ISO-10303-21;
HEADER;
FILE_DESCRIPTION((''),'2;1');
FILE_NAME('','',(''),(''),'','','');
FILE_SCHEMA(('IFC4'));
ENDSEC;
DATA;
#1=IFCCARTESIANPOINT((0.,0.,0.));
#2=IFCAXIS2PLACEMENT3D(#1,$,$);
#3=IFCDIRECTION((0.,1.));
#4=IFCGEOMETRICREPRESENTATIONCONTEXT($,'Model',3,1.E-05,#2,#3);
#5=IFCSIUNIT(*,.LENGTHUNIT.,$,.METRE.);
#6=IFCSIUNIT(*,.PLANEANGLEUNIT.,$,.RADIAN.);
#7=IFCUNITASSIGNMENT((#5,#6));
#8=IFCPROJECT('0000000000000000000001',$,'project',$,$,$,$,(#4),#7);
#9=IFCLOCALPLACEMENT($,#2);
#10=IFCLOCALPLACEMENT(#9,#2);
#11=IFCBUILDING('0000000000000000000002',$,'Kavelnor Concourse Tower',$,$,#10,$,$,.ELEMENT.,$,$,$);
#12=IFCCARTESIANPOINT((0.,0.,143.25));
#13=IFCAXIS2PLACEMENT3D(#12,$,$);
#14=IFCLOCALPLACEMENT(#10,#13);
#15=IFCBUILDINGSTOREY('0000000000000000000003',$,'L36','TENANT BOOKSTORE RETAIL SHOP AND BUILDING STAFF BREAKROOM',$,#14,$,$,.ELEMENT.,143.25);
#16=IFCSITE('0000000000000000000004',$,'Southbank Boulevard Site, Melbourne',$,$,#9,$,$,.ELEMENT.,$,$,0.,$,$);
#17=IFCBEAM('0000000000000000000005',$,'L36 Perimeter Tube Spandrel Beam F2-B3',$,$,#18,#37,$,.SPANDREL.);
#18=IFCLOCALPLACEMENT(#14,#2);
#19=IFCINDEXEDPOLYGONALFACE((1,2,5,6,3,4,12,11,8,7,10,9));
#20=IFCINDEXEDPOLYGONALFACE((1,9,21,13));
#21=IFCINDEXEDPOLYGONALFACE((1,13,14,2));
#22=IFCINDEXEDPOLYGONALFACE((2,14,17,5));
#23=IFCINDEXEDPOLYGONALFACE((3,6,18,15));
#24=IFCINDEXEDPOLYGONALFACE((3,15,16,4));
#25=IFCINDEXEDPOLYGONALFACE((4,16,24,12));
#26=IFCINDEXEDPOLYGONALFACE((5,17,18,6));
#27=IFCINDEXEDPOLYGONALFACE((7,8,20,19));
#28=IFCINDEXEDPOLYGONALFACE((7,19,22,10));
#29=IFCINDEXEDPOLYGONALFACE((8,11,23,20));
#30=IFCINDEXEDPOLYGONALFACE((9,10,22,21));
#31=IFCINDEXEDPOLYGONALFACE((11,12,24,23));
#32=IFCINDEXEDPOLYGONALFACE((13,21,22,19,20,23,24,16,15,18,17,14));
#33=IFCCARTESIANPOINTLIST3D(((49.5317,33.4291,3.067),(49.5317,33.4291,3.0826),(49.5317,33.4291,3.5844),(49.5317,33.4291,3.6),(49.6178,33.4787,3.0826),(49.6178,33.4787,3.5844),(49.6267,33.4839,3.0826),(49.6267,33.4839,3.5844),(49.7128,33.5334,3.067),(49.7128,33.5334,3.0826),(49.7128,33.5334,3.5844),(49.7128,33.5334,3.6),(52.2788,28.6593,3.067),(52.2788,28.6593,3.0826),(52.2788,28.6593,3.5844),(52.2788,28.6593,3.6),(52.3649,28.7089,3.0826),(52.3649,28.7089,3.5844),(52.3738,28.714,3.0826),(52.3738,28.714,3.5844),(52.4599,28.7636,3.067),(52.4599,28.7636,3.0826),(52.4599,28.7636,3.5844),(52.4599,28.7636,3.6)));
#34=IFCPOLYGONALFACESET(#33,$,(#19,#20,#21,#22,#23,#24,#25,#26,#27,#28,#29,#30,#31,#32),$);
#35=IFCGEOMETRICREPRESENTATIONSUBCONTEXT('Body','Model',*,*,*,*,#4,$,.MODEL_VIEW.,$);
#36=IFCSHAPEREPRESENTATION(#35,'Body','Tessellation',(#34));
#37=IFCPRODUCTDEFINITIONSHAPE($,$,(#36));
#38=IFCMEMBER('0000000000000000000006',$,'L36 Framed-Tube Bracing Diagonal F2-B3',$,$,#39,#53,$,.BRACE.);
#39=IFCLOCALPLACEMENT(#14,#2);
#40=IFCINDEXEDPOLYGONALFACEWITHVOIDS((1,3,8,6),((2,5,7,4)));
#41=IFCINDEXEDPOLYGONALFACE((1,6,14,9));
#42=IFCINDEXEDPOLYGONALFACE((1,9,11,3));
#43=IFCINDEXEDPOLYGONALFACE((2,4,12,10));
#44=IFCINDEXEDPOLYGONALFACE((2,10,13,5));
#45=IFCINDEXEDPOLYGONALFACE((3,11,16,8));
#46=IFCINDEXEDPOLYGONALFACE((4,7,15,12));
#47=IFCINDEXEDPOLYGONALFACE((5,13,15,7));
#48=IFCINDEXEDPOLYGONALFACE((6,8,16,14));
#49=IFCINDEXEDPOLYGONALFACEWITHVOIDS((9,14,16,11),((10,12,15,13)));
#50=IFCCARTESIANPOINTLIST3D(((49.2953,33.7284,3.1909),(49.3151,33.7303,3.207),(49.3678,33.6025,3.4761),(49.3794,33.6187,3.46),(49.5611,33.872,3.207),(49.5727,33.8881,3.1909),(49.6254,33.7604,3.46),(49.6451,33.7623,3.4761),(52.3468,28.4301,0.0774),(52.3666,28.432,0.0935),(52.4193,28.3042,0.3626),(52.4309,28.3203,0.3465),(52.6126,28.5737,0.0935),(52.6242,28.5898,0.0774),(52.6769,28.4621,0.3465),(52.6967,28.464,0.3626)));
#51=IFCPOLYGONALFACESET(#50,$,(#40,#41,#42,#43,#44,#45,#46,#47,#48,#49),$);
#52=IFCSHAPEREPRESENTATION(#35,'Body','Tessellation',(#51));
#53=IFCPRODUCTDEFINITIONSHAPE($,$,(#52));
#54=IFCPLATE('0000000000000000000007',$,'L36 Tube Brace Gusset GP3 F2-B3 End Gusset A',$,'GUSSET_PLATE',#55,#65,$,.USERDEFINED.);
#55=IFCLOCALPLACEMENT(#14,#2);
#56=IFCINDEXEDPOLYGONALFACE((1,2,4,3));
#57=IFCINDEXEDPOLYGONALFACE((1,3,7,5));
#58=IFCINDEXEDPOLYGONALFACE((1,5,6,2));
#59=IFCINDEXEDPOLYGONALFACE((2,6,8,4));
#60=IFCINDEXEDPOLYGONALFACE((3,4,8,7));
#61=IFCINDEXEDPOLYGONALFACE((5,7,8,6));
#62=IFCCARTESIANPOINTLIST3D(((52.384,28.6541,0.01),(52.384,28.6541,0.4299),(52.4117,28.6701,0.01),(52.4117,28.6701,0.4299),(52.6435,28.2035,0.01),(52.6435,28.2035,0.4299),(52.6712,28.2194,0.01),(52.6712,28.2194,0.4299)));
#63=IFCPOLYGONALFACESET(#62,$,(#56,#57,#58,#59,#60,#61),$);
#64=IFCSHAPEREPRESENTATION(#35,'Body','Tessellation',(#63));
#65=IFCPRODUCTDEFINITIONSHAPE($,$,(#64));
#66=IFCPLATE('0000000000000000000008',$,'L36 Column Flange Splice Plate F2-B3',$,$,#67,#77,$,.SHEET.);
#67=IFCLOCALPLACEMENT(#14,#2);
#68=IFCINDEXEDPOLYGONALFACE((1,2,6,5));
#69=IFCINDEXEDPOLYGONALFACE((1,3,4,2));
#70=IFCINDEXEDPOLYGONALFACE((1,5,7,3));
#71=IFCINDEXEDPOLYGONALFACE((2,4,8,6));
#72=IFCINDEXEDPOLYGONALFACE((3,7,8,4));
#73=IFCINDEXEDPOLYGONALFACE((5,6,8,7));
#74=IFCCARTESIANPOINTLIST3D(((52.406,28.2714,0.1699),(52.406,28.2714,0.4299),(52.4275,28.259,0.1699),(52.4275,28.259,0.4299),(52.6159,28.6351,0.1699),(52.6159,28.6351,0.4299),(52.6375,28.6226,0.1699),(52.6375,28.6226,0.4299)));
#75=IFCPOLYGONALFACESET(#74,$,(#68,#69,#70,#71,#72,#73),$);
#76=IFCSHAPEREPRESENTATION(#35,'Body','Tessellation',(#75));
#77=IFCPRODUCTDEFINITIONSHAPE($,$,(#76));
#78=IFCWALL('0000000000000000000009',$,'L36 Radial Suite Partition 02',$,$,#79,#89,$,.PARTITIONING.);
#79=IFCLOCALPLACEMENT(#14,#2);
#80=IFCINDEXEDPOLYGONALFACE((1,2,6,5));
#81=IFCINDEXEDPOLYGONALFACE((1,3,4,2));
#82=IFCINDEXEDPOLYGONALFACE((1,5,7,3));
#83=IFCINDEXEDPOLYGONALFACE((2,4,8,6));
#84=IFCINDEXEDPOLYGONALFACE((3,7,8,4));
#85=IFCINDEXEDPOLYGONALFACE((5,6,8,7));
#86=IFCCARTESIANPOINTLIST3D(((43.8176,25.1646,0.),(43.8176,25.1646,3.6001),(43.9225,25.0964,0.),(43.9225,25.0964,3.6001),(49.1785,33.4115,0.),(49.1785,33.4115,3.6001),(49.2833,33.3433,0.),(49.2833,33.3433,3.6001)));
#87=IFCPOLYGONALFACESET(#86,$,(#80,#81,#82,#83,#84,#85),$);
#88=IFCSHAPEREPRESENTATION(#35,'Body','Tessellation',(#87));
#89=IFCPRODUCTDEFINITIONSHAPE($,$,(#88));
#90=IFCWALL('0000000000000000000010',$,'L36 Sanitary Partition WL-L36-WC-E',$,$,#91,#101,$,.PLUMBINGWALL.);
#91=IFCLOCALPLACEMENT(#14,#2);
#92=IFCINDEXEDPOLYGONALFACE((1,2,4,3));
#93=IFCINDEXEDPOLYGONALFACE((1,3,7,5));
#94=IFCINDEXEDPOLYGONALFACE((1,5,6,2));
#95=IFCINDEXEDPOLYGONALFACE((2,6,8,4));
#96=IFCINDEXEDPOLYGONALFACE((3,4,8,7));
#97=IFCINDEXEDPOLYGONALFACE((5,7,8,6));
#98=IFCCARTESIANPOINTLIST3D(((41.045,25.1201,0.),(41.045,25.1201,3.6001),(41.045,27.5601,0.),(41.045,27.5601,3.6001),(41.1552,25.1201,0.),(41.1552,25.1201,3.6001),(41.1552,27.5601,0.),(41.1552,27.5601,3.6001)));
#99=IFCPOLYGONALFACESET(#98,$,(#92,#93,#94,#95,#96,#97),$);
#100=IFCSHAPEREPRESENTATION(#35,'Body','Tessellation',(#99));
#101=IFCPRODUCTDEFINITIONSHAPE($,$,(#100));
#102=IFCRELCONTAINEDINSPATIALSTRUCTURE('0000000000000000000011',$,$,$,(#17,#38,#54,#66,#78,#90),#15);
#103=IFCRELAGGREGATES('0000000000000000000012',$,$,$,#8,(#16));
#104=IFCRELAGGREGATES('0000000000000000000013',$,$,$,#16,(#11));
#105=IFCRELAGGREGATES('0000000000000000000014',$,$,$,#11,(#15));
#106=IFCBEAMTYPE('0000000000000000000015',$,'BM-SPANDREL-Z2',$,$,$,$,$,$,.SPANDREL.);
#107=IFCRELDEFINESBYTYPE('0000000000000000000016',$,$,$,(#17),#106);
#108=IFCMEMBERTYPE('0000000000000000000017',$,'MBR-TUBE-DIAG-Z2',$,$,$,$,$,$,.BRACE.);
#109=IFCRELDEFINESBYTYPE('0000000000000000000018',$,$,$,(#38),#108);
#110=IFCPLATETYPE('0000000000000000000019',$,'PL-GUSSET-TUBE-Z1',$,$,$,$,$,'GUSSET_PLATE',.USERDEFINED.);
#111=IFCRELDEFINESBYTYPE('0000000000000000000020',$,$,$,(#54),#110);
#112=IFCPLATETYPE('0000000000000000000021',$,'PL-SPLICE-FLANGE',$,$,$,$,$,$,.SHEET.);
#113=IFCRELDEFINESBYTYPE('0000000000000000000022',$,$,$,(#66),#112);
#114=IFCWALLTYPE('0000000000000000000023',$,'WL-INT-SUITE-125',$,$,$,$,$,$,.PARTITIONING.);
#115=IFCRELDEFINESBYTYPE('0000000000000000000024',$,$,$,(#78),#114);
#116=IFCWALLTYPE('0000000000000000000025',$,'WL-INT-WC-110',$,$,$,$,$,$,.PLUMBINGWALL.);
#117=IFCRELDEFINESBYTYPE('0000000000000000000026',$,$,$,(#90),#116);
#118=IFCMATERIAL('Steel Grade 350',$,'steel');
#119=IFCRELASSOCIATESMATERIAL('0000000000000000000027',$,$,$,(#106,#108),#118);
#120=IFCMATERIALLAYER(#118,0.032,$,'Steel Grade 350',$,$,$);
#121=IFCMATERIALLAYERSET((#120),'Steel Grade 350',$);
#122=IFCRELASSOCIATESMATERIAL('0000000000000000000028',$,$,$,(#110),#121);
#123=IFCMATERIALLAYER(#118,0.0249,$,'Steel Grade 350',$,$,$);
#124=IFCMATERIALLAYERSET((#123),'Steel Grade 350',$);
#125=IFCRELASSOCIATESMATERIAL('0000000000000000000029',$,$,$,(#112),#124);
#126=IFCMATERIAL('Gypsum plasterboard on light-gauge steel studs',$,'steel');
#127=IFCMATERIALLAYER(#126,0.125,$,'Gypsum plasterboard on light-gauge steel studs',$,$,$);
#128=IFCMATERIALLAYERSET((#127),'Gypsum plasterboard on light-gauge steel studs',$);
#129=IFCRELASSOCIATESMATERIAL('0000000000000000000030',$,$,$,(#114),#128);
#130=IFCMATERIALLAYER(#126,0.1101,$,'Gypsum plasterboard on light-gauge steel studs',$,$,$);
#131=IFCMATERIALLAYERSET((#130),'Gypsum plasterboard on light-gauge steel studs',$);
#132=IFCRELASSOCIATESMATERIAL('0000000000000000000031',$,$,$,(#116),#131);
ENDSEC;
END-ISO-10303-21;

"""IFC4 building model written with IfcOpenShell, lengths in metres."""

from ifc_helpers import new_model, si_unit, direction, frame, frame_2d, origin, origin_2d, place, context, subcontext, project, spatial, rectangle, hollow_rectangle, i_section, extrude, material, layer, layer_set, material_profile, profile_set, type_object, element, save


model = new_model("IFC4")

# Units and contexts
model_context = context("Model", 3, precision=1e-05, world=origin(), true_north=direction((0.0, 1.0)))
body_context = subcontext(model_context, "Body", "Model", "MODEL_VIEW")
ifc_project = project(units=[si_unit("LENGTHUNIT", "METRE"), si_unit("PLANEANGLEUNIT", "RADIAN")], contexts=[model_context])

# Site, building, storey
site_placement = place(None, origin())
site = spatial("IfcSite", under=ifc_project, at=site_placement, Name="Southbank Boulevard Site, Melbourne", CompositionType="ELEMENT", RefElevation=0.0)
building_placement = place(site_placement, origin())
building = spatial("IfcBuilding", under=site, at=building_placement, Name="Kavelnor Concourse Tower", CompositionType="ELEMENT")
storey_placement = place(building_placement, frame((0.0, 0.0, 143.25)))
storey = spatial("IfcBuildingStorey", under=building, at=storey_placement, Name="L36", Description="TENANT BOOKSTORE RETAIL SHOP AND BUILDING STAFF BREAKROOM", CompositionType="ELEMENT", Elevation=143.25)

# Shared definitions
ifc_material_1 = material(Name="Steel Grade 350", Category="steel")

# Beam
ifc_material_profile_1 = material_profile(ifc_material_1, i_section(OverallWidth=0.209, OverallDepth=0.533, WebThickness=0.0103, FlangeThickness=0.0156, at=origin_2d()), Name="530UB92")
ifc_profile_set_1 = profile_set([ifc_material_profile_1], Name="Steel Grade 350")
beam_type_1 = type_object("IfcBeamType", Name="BM-SPANDREL-Z2", PredefinedType="SPANDREL", material=ifc_profile_set_1)
beam_1_placement = place(storey_placement, frame((52.3694, 28.7114, 3.3335), z_axis=(-0.499079, 0.866557, 0.0), x_axis=(-0.866557, -0.499079, 0.0)))
element("IfcBeam", 1, at=beam_1_placement, inside=storey, type_object=beam_type_1, Name="L36 Perimeter Tube Spandrel Beam F2-B3", PredefinedType="SPANDREL", context=body_context, shape_type="SweptSolid", body=[
    extrude(i_section(OverallWidth=0.209, OverallDepth=0.533, WebThickness=0.0103, FlangeThickness=0.0156, at=origin_2d()), origin(), (0.0, 0.0, 1.0), 5.5044),
])

# Member
ifc_material_profile_2 = material_profile(ifc_material_1, hollow_rectangle(XDim=0.3201, YDim=0.3201, WallThickness=0.0181, at=origin_2d()), Name="SHS 320x320x18")
ifc_profile_set_2 = profile_set([ifc_material_profile_2], Name="Steel Grade 350")
member_type = type_object("IfcMemberType", Name="MBR-TUBE-DIAG-Z2", PredefinedType="BRACE", material=ifc_profile_set_2)
member_placement = place(storey_placement, frame((52.5217, 28.447, 0.22), z_axis=(-0.444739, 0.7722, 0.453777), x_axis=(-0.866555, -0.499082, 0.0)))
element("IfcMember", 2, at=member_placement, inside=storey, type_object=member_type, Name="L36 Framed-Tube Bracing Diagonal F2-B3", PredefinedType="BRACE", context=body_context, shape_type="SweptSolid", body=[
    extrude(hollow_rectangle(XDim=0.3201, YDim=0.3201, WallThickness=0.0181, at=origin_2d()), origin(), (0.0, 0.0, 1.0), 6.8613),
])

# Plates
ifc_layer_1 = layer(ifc_material_1, 0.032, Name="Steel Grade 350")
ifc_layer_set_1 = layer_set([ifc_layer_1], Name="Steel Grade 350")
plate_type_1 = type_object("IfcPlateType", Name="PL-GUSSET-TUBE-Z1", ElementType="GUSSET_PLATE", PredefinedType="USERDEFINED", material=ifc_layer_set_1)
plate_1_placement = place(storey_placement, frame((52.5276, 28.4368, 0.01), z_axis=(0.0, 0.0, 1.0), x_axis=(-0.499093, 0.866549, 0.0)))
element("IfcPlate", 3, at=plate_1_placement, inside=storey, type_object=plate_type_1, Name="L36 Tube Brace Gusset GP3 F2-B3 End Gusset A", ObjectType="GUSSET_PLATE", PredefinedType="USERDEFINED", context=body_context, shape_type="SweptSolid", body=[
    extrude(rectangle(XDim=0.52, YDim=0.032, at=origin_2d()), origin(), (0.0, 0.0, 1.0), 0.4199),
])
ifc_layer_2 = layer(ifc_material_1, 0.0249, Name="Steel Grade 350")
ifc_layer_set_2 = layer_set([ifc_layer_2], Name="Steel Grade 350")
plate_type_2 = type_object("IfcPlateType", Name="PL-SPLICE-FLANGE", PredefinedType="SHEET", material=ifc_layer_set_2)
plate_2_placement = place(storey_placement, frame((52.5217, 28.447, 0.1699), z_axis=(0.0, 0.0, 1.0), x_axis=(-0.5, -0.866025, 0.0)))
element("IfcPlate", 4, at=plate_2_placement, inside=storey, type_object=plate_type_2, Name="L36 Column Flange Splice Plate F2-B3", PredefinedType="SHEET", context=body_context, shape_type="SweptSolid", body=[
    extrude(rectangle(XDim=0.4199, YDim=0.0249, at=origin_2d()), origin(), (0.0, 0.0, 1.0), 0.26),
])

# Walls
ifc_material_2 = material(Name="Gypsum plasterboard on light-gauge steel studs", Category="steel")
ifc_layer_3 = layer(ifc_material_2, 0.125, Name="Gypsum plasterboard on light-gauge steel studs")
ifc_layer_set_3 = layer_set([ifc_layer_3], Name="Gypsum plasterboard on light-gauge steel studs")
wall_type_1 = type_object("IfcWallType", Name="WL-INT-SUITE-125", PredefinedType="PARTITIONING", material=ifc_layer_set_3)
wall_1_placement = place(storey_placement, frame((43.8701, 25.1306, 0.0), z_axis=(0.0, 0.0, 1.0), x_axis=(0.545017, 0.838425, 0.0)))
element("IfcWall", 5, at=wall_1_placement, inside=storey, type_object=wall_type_1, Name="L36 Radial Suite Partition 02", PredefinedType="PARTITIONING", context=body_context, shape_type="SweptSolid", body=[
    extrude(rectangle(XDim=9.8362, YDim=0.125, at=frame_2d((4.918, 0.0))), origin(), (0.0, 0.0, 1.0), 3.6001),
])
ifc_layer_4 = layer(ifc_material_2, 0.1101, Name="Gypsum plasterboard on light-gauge steel studs")
ifc_layer_set_4 = layer_set([ifc_layer_4], Name="Gypsum plasterboard on light-gauge steel studs")
wall_type_2 = type_object("IfcWallType", Name="WL-INT-WC-110", PredefinedType="PLUMBINGWALL", material=ifc_layer_set_4)
wall_2_placement = place(storey_placement, frame((41.1001, 25.1201, 0.0), z_axis=(0.0, 0.0, 1.0), x_axis=(0.0, 1.0, 0.0)))
element("IfcWall", 6, at=wall_2_placement, inside=storey, type_object=wall_type_2, Name="L36 Sanitary Partition WL-L36-WC-E", PredefinedType="PLUMBINGWALL", context=body_context, shape_type="SweptSolid", body=[
    extrude(rectangle(XDim=2.4399, YDim=0.1101, at=frame_2d((1.22, 0.0))), origin(), (0.0, 0.0, 1.0), 3.6001),
])

save(model, "model.ifc")
